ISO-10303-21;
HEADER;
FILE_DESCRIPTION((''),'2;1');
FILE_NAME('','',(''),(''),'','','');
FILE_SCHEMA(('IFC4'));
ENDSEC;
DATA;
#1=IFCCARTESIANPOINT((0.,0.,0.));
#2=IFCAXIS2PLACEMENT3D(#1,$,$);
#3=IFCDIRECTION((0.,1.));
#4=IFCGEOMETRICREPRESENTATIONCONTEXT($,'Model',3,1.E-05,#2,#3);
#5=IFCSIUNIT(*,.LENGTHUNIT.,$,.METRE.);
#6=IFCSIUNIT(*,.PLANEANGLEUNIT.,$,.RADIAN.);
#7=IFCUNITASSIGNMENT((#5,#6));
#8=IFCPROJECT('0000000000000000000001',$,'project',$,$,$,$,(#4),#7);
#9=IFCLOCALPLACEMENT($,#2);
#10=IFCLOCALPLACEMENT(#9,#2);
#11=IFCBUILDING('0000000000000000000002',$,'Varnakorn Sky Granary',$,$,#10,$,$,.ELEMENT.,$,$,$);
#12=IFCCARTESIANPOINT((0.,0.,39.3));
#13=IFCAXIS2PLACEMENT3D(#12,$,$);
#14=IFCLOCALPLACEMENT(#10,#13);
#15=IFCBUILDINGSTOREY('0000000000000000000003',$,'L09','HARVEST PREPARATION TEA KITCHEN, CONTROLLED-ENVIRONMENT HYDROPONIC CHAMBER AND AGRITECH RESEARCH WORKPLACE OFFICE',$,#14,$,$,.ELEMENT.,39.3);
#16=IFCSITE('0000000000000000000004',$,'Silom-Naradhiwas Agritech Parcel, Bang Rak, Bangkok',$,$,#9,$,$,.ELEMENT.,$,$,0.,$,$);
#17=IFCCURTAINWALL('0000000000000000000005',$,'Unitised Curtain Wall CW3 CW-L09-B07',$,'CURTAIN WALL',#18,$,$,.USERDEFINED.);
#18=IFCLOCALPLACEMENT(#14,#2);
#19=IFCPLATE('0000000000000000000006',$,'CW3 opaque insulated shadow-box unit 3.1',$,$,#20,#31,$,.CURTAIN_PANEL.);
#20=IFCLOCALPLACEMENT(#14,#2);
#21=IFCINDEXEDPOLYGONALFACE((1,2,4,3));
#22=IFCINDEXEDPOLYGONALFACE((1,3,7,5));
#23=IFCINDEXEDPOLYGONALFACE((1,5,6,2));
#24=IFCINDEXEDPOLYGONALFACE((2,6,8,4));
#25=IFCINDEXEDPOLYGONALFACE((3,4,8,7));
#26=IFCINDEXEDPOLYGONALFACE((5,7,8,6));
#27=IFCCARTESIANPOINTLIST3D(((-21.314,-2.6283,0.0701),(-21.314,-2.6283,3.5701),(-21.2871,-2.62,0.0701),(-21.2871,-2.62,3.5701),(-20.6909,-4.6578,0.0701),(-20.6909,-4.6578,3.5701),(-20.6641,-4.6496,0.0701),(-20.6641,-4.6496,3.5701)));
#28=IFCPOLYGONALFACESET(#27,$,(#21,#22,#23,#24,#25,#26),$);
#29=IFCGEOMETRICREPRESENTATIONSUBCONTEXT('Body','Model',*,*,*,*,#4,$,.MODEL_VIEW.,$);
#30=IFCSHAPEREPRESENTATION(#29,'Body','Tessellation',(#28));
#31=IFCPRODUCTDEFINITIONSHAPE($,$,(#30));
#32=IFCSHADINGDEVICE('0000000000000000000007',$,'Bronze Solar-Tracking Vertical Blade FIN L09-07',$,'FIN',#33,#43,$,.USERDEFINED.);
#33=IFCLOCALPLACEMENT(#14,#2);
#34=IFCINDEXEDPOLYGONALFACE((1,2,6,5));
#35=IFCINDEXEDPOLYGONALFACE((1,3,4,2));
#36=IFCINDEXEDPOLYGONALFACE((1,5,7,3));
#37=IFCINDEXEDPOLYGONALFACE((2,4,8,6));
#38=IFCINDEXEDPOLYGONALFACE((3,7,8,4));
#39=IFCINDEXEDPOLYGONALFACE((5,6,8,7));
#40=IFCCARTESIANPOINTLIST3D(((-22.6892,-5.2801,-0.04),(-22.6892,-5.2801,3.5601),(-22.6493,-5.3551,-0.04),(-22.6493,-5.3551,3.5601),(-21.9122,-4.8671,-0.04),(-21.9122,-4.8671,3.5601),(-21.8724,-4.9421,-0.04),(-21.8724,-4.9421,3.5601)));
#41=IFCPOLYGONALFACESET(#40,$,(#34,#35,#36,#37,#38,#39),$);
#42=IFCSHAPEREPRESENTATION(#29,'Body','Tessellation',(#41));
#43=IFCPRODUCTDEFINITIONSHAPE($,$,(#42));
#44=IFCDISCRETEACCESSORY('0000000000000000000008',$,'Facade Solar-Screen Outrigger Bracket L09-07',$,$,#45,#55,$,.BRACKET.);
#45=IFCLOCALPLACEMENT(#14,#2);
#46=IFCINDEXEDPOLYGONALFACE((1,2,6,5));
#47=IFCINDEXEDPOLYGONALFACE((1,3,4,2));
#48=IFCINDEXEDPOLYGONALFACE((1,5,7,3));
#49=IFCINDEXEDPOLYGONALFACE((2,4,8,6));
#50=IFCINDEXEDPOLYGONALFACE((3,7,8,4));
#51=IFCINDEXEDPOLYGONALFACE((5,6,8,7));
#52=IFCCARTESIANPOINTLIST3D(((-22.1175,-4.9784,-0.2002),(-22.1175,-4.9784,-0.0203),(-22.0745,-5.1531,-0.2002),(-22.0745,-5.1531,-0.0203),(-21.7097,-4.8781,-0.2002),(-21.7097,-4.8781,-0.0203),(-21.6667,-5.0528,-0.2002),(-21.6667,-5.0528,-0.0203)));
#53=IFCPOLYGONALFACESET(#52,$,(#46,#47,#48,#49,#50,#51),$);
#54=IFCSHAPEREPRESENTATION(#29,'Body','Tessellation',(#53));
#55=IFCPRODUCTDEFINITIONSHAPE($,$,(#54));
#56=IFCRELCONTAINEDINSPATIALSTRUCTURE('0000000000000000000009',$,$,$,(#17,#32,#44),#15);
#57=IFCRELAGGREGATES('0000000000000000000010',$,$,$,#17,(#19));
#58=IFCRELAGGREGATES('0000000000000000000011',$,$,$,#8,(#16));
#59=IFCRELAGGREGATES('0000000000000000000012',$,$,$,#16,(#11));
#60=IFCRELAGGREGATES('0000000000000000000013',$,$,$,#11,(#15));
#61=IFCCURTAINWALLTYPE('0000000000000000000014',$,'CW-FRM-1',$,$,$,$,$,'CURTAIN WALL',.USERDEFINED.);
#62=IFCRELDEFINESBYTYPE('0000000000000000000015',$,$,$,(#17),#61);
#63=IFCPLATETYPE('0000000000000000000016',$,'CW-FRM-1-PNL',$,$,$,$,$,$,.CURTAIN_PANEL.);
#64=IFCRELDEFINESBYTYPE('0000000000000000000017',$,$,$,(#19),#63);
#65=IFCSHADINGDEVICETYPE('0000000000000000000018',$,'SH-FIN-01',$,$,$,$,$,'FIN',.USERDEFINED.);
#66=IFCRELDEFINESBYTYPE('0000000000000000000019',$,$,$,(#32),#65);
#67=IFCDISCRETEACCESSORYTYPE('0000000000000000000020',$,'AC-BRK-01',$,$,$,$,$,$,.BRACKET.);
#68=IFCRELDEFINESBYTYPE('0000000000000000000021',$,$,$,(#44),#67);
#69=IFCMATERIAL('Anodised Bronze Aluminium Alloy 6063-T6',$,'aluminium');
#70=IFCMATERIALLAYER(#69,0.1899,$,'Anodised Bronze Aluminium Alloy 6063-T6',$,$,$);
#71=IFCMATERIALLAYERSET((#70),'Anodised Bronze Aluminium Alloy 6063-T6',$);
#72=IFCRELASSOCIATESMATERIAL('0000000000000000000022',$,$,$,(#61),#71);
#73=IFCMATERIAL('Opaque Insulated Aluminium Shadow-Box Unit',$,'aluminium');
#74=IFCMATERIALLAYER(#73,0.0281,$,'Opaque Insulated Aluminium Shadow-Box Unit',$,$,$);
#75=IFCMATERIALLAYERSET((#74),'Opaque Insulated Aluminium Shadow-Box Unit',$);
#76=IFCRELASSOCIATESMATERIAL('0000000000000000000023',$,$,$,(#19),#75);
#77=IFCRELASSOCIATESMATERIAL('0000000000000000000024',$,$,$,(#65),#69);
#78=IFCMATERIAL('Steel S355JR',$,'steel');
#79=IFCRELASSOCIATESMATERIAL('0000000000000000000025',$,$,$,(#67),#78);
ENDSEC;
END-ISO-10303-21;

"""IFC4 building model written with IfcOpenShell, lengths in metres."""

from ifc_helpers import new_model, si_unit, direction, frame, origin, origin_2d, place, context, subcontext, project, spatial, rectangle, extrude, source, transform, mapped, material, layer, layer_set, type_object, type_shapes, element, aggregate, save


model = new_model("IFC4")

# Units and contexts
model_context = context("Model", 3, precision=1e-05, world=origin(), true_north=direction((0.0, 1.0)))
body_context = subcontext(model_context, "Body", "Model", "MODEL_VIEW")
ifc_project = project(units=[si_unit("LENGTHUNIT", "METRE"), si_unit("PLANEANGLEUNIT", "RADIAN")], contexts=[model_context])

# Site, building, storey
site_placement = place(None, origin())
site = spatial("IfcSite", under=ifc_project, at=site_placement, Name="Silom-Naradhiwas Agritech Parcel, Bang Rak, Bangkok", CompositionType="ELEMENT", RefElevation=0.0)
building_placement = place(site_placement, origin())
building = spatial("IfcBuilding", under=site, at=building_placement, Name="Varnakorn Sky Granary", CompositionType="ELEMENT")
storey_placement = place(building_placement, frame((0.0, 0.0, 39.3)))
storey = spatial("IfcBuildingStorey", under=building, at=storey_placement, Name="L09", Description="HARVEST PREPARATION TEA KITCHEN, CONTROLLED-ENVIRONMENT HYDROPONIC CHAMBER AND AGRITECH RESEARCH WORKPLACE OFFICE", CompositionType="ELEMENT", Elevation=39.3)

# Shared definitions
ifc_material_1 = material(Name="Steel S355JR", Category="steel")

# Curtain wall
ifc_material_2 = material(Name="Anodised Bronze Aluminium Alloy 6063-T6", Category="aluminium")
ifc_layer_1 = layer(ifc_material_2, 0.1899, Name="Anodised Bronze Aluminium Alloy 6063-T6")
ifc_layer_set_1 = layer_set([ifc_layer_1], Name="Anodised Bronze Aluminium Alloy 6063-T6")
curtain_wall_type = type_object("IfcCurtainWallType", Name="CW-FRM-1", ElementType="CURTAIN WALL", PredefinedType="USERDEFINED", material=ifc_layer_set_1)
curtain_wall_placement = place(storey_placement, origin())
curtain_wall = element("IfcCurtainWall", 1, at=curtain_wall_placement, inside=storey, type_object=curtain_wall_type, Name="Unitised Curtain Wall CW3 CW-L09-B07", ObjectType="CURTAIN WALL", PredefinedType="USERDEFINED")

# Plate
ifc_material_3 = material(Name="Opaque Insulated Aluminium Shadow-Box Unit", Category="aluminium")
ifc_layer_2 = layer(ifc_material_3, 0.0281, Name="Opaque Insulated Aluminium Shadow-Box Unit")
ifc_layer_set_2 = layer_set([ifc_layer_2], Name="Opaque Insulated Aluminium Shadow-Box Unit")
plate_type_1 = type_object("IfcPlateType", Name="CW-FRM-1-PNL", PredefinedType="CURTAIN_PANEL")
shared_shape_1 = source(origin(), body_context, "Body", "SweptSolid", [
    extrude(rectangle(XDim=2.123, YDim=0.0281, at=origin_2d()), origin(), (0.0, 0.0, 1.0), 3.5),
])
plate_1_placement = place(storey_placement, frame((-20.989, -3.6389, 0.0701), z_axis=(0.0, 0.0, 1.0), x_axis=(-0.293463, 0.955971, 0.0)))
plate_1 = element("IfcPlate", 2, at=plate_1_placement, type_object=plate_type_1, material=ifc_layer_set_2, Name="CW3 opaque insulated shadow-box unit 3.1", PredefinedType="CURTAIN_PANEL", context=body_context, shape_type="MappedRepresentation", body=[
    mapped(shared_shape_1, transform((0.0, 0.0, 0.0), x_axis=(1.0, 0.0, 0.0), y_axis=(0.0, 1.0, 0.0), z_axis=(0.0, 0.0, 1.0), scale=1.0)),
])
aggregate(curtain_wall, [plate_1])

# Shading device
shading_device_type = type_object("IfcShadingDeviceType", Name="SH-FIN-01", ElementType="FIN", PredefinedType="USERDEFINED", material=ifc_material_2)
shared_shape_2 = source(origin(), body_context, "Body", "SweptSolid", [
    extrude(rectangle(XDim=0.085, YDim=0.8799, at=origin_2d()), origin(), (0.0, 0.0, 1.0), 3.6001),
])
type_shapes(shading_device_type, [shared_shape_2])
shading_device_placement = place(storey_placement, frame((-22.2808, -5.1111, -0.04), z_axis=(0.0, 0.0, 1.0), x_axis=(0.469356, -0.883009, 0.0)))
element("IfcShadingDevice", 3, at=shading_device_placement, inside=storey, type_object=shading_device_type, Name="Bronze Solar-Tracking Vertical Blade FIN L09-07", ObjectType="FIN", PredefinedType="USERDEFINED", context=body_context, shape_type="MappedRepresentation", body=[
    mapped(shared_shape_2, transform((0.0, 0.0, 0.0), x_axis=(1.0, 0.0, 0.0), y_axis=(0.0, 1.0, 0.0), z_axis=(0.0, 0.0, 1.0), scale=1.0)),
])

# Discrete accessory
discrete_accessory_type = type_object("IfcDiscreteAccessoryType", Name="AC-BRK-01", PredefinedType="BRACKET", material=ifc_material_1)
shared_shape_3 = source(origin(), body_context, "Body", "SweptSolid", [
    extrude(rectangle(XDim=0.1799, YDim=0.4199, at=origin_2d()), origin(), (0.0, 0.0, 1.0), 0.1799),
])
type_shapes(discrete_accessory_type, [shared_shape_3])
discrete_accessory_placement = place(storey_placement, frame((-21.8921, -5.0156, -0.2002), z_axis=(0.0, 0.0, 1.0), x_axis=(0.238837, -0.97106, 0.0)))
element("IfcDiscreteAccessory", 4, at=discrete_accessory_placement, inside=storey, type_object=discrete_accessory_type, Name="Facade Solar-Screen Outrigger Bracket L09-07", PredefinedType="BRACKET", context=body_context, shape_type="MappedRepresentation", body=[
    mapped(shared_shape_3, transform((0.0, 0.0, 0.0), x_axis=(1.0, 0.0, 0.0), y_axis=(0.0, 1.0, 0.0), z_axis=(0.0, 0.0, 1.0), scale=1.0)),
])

save(model, "model.ifc")
